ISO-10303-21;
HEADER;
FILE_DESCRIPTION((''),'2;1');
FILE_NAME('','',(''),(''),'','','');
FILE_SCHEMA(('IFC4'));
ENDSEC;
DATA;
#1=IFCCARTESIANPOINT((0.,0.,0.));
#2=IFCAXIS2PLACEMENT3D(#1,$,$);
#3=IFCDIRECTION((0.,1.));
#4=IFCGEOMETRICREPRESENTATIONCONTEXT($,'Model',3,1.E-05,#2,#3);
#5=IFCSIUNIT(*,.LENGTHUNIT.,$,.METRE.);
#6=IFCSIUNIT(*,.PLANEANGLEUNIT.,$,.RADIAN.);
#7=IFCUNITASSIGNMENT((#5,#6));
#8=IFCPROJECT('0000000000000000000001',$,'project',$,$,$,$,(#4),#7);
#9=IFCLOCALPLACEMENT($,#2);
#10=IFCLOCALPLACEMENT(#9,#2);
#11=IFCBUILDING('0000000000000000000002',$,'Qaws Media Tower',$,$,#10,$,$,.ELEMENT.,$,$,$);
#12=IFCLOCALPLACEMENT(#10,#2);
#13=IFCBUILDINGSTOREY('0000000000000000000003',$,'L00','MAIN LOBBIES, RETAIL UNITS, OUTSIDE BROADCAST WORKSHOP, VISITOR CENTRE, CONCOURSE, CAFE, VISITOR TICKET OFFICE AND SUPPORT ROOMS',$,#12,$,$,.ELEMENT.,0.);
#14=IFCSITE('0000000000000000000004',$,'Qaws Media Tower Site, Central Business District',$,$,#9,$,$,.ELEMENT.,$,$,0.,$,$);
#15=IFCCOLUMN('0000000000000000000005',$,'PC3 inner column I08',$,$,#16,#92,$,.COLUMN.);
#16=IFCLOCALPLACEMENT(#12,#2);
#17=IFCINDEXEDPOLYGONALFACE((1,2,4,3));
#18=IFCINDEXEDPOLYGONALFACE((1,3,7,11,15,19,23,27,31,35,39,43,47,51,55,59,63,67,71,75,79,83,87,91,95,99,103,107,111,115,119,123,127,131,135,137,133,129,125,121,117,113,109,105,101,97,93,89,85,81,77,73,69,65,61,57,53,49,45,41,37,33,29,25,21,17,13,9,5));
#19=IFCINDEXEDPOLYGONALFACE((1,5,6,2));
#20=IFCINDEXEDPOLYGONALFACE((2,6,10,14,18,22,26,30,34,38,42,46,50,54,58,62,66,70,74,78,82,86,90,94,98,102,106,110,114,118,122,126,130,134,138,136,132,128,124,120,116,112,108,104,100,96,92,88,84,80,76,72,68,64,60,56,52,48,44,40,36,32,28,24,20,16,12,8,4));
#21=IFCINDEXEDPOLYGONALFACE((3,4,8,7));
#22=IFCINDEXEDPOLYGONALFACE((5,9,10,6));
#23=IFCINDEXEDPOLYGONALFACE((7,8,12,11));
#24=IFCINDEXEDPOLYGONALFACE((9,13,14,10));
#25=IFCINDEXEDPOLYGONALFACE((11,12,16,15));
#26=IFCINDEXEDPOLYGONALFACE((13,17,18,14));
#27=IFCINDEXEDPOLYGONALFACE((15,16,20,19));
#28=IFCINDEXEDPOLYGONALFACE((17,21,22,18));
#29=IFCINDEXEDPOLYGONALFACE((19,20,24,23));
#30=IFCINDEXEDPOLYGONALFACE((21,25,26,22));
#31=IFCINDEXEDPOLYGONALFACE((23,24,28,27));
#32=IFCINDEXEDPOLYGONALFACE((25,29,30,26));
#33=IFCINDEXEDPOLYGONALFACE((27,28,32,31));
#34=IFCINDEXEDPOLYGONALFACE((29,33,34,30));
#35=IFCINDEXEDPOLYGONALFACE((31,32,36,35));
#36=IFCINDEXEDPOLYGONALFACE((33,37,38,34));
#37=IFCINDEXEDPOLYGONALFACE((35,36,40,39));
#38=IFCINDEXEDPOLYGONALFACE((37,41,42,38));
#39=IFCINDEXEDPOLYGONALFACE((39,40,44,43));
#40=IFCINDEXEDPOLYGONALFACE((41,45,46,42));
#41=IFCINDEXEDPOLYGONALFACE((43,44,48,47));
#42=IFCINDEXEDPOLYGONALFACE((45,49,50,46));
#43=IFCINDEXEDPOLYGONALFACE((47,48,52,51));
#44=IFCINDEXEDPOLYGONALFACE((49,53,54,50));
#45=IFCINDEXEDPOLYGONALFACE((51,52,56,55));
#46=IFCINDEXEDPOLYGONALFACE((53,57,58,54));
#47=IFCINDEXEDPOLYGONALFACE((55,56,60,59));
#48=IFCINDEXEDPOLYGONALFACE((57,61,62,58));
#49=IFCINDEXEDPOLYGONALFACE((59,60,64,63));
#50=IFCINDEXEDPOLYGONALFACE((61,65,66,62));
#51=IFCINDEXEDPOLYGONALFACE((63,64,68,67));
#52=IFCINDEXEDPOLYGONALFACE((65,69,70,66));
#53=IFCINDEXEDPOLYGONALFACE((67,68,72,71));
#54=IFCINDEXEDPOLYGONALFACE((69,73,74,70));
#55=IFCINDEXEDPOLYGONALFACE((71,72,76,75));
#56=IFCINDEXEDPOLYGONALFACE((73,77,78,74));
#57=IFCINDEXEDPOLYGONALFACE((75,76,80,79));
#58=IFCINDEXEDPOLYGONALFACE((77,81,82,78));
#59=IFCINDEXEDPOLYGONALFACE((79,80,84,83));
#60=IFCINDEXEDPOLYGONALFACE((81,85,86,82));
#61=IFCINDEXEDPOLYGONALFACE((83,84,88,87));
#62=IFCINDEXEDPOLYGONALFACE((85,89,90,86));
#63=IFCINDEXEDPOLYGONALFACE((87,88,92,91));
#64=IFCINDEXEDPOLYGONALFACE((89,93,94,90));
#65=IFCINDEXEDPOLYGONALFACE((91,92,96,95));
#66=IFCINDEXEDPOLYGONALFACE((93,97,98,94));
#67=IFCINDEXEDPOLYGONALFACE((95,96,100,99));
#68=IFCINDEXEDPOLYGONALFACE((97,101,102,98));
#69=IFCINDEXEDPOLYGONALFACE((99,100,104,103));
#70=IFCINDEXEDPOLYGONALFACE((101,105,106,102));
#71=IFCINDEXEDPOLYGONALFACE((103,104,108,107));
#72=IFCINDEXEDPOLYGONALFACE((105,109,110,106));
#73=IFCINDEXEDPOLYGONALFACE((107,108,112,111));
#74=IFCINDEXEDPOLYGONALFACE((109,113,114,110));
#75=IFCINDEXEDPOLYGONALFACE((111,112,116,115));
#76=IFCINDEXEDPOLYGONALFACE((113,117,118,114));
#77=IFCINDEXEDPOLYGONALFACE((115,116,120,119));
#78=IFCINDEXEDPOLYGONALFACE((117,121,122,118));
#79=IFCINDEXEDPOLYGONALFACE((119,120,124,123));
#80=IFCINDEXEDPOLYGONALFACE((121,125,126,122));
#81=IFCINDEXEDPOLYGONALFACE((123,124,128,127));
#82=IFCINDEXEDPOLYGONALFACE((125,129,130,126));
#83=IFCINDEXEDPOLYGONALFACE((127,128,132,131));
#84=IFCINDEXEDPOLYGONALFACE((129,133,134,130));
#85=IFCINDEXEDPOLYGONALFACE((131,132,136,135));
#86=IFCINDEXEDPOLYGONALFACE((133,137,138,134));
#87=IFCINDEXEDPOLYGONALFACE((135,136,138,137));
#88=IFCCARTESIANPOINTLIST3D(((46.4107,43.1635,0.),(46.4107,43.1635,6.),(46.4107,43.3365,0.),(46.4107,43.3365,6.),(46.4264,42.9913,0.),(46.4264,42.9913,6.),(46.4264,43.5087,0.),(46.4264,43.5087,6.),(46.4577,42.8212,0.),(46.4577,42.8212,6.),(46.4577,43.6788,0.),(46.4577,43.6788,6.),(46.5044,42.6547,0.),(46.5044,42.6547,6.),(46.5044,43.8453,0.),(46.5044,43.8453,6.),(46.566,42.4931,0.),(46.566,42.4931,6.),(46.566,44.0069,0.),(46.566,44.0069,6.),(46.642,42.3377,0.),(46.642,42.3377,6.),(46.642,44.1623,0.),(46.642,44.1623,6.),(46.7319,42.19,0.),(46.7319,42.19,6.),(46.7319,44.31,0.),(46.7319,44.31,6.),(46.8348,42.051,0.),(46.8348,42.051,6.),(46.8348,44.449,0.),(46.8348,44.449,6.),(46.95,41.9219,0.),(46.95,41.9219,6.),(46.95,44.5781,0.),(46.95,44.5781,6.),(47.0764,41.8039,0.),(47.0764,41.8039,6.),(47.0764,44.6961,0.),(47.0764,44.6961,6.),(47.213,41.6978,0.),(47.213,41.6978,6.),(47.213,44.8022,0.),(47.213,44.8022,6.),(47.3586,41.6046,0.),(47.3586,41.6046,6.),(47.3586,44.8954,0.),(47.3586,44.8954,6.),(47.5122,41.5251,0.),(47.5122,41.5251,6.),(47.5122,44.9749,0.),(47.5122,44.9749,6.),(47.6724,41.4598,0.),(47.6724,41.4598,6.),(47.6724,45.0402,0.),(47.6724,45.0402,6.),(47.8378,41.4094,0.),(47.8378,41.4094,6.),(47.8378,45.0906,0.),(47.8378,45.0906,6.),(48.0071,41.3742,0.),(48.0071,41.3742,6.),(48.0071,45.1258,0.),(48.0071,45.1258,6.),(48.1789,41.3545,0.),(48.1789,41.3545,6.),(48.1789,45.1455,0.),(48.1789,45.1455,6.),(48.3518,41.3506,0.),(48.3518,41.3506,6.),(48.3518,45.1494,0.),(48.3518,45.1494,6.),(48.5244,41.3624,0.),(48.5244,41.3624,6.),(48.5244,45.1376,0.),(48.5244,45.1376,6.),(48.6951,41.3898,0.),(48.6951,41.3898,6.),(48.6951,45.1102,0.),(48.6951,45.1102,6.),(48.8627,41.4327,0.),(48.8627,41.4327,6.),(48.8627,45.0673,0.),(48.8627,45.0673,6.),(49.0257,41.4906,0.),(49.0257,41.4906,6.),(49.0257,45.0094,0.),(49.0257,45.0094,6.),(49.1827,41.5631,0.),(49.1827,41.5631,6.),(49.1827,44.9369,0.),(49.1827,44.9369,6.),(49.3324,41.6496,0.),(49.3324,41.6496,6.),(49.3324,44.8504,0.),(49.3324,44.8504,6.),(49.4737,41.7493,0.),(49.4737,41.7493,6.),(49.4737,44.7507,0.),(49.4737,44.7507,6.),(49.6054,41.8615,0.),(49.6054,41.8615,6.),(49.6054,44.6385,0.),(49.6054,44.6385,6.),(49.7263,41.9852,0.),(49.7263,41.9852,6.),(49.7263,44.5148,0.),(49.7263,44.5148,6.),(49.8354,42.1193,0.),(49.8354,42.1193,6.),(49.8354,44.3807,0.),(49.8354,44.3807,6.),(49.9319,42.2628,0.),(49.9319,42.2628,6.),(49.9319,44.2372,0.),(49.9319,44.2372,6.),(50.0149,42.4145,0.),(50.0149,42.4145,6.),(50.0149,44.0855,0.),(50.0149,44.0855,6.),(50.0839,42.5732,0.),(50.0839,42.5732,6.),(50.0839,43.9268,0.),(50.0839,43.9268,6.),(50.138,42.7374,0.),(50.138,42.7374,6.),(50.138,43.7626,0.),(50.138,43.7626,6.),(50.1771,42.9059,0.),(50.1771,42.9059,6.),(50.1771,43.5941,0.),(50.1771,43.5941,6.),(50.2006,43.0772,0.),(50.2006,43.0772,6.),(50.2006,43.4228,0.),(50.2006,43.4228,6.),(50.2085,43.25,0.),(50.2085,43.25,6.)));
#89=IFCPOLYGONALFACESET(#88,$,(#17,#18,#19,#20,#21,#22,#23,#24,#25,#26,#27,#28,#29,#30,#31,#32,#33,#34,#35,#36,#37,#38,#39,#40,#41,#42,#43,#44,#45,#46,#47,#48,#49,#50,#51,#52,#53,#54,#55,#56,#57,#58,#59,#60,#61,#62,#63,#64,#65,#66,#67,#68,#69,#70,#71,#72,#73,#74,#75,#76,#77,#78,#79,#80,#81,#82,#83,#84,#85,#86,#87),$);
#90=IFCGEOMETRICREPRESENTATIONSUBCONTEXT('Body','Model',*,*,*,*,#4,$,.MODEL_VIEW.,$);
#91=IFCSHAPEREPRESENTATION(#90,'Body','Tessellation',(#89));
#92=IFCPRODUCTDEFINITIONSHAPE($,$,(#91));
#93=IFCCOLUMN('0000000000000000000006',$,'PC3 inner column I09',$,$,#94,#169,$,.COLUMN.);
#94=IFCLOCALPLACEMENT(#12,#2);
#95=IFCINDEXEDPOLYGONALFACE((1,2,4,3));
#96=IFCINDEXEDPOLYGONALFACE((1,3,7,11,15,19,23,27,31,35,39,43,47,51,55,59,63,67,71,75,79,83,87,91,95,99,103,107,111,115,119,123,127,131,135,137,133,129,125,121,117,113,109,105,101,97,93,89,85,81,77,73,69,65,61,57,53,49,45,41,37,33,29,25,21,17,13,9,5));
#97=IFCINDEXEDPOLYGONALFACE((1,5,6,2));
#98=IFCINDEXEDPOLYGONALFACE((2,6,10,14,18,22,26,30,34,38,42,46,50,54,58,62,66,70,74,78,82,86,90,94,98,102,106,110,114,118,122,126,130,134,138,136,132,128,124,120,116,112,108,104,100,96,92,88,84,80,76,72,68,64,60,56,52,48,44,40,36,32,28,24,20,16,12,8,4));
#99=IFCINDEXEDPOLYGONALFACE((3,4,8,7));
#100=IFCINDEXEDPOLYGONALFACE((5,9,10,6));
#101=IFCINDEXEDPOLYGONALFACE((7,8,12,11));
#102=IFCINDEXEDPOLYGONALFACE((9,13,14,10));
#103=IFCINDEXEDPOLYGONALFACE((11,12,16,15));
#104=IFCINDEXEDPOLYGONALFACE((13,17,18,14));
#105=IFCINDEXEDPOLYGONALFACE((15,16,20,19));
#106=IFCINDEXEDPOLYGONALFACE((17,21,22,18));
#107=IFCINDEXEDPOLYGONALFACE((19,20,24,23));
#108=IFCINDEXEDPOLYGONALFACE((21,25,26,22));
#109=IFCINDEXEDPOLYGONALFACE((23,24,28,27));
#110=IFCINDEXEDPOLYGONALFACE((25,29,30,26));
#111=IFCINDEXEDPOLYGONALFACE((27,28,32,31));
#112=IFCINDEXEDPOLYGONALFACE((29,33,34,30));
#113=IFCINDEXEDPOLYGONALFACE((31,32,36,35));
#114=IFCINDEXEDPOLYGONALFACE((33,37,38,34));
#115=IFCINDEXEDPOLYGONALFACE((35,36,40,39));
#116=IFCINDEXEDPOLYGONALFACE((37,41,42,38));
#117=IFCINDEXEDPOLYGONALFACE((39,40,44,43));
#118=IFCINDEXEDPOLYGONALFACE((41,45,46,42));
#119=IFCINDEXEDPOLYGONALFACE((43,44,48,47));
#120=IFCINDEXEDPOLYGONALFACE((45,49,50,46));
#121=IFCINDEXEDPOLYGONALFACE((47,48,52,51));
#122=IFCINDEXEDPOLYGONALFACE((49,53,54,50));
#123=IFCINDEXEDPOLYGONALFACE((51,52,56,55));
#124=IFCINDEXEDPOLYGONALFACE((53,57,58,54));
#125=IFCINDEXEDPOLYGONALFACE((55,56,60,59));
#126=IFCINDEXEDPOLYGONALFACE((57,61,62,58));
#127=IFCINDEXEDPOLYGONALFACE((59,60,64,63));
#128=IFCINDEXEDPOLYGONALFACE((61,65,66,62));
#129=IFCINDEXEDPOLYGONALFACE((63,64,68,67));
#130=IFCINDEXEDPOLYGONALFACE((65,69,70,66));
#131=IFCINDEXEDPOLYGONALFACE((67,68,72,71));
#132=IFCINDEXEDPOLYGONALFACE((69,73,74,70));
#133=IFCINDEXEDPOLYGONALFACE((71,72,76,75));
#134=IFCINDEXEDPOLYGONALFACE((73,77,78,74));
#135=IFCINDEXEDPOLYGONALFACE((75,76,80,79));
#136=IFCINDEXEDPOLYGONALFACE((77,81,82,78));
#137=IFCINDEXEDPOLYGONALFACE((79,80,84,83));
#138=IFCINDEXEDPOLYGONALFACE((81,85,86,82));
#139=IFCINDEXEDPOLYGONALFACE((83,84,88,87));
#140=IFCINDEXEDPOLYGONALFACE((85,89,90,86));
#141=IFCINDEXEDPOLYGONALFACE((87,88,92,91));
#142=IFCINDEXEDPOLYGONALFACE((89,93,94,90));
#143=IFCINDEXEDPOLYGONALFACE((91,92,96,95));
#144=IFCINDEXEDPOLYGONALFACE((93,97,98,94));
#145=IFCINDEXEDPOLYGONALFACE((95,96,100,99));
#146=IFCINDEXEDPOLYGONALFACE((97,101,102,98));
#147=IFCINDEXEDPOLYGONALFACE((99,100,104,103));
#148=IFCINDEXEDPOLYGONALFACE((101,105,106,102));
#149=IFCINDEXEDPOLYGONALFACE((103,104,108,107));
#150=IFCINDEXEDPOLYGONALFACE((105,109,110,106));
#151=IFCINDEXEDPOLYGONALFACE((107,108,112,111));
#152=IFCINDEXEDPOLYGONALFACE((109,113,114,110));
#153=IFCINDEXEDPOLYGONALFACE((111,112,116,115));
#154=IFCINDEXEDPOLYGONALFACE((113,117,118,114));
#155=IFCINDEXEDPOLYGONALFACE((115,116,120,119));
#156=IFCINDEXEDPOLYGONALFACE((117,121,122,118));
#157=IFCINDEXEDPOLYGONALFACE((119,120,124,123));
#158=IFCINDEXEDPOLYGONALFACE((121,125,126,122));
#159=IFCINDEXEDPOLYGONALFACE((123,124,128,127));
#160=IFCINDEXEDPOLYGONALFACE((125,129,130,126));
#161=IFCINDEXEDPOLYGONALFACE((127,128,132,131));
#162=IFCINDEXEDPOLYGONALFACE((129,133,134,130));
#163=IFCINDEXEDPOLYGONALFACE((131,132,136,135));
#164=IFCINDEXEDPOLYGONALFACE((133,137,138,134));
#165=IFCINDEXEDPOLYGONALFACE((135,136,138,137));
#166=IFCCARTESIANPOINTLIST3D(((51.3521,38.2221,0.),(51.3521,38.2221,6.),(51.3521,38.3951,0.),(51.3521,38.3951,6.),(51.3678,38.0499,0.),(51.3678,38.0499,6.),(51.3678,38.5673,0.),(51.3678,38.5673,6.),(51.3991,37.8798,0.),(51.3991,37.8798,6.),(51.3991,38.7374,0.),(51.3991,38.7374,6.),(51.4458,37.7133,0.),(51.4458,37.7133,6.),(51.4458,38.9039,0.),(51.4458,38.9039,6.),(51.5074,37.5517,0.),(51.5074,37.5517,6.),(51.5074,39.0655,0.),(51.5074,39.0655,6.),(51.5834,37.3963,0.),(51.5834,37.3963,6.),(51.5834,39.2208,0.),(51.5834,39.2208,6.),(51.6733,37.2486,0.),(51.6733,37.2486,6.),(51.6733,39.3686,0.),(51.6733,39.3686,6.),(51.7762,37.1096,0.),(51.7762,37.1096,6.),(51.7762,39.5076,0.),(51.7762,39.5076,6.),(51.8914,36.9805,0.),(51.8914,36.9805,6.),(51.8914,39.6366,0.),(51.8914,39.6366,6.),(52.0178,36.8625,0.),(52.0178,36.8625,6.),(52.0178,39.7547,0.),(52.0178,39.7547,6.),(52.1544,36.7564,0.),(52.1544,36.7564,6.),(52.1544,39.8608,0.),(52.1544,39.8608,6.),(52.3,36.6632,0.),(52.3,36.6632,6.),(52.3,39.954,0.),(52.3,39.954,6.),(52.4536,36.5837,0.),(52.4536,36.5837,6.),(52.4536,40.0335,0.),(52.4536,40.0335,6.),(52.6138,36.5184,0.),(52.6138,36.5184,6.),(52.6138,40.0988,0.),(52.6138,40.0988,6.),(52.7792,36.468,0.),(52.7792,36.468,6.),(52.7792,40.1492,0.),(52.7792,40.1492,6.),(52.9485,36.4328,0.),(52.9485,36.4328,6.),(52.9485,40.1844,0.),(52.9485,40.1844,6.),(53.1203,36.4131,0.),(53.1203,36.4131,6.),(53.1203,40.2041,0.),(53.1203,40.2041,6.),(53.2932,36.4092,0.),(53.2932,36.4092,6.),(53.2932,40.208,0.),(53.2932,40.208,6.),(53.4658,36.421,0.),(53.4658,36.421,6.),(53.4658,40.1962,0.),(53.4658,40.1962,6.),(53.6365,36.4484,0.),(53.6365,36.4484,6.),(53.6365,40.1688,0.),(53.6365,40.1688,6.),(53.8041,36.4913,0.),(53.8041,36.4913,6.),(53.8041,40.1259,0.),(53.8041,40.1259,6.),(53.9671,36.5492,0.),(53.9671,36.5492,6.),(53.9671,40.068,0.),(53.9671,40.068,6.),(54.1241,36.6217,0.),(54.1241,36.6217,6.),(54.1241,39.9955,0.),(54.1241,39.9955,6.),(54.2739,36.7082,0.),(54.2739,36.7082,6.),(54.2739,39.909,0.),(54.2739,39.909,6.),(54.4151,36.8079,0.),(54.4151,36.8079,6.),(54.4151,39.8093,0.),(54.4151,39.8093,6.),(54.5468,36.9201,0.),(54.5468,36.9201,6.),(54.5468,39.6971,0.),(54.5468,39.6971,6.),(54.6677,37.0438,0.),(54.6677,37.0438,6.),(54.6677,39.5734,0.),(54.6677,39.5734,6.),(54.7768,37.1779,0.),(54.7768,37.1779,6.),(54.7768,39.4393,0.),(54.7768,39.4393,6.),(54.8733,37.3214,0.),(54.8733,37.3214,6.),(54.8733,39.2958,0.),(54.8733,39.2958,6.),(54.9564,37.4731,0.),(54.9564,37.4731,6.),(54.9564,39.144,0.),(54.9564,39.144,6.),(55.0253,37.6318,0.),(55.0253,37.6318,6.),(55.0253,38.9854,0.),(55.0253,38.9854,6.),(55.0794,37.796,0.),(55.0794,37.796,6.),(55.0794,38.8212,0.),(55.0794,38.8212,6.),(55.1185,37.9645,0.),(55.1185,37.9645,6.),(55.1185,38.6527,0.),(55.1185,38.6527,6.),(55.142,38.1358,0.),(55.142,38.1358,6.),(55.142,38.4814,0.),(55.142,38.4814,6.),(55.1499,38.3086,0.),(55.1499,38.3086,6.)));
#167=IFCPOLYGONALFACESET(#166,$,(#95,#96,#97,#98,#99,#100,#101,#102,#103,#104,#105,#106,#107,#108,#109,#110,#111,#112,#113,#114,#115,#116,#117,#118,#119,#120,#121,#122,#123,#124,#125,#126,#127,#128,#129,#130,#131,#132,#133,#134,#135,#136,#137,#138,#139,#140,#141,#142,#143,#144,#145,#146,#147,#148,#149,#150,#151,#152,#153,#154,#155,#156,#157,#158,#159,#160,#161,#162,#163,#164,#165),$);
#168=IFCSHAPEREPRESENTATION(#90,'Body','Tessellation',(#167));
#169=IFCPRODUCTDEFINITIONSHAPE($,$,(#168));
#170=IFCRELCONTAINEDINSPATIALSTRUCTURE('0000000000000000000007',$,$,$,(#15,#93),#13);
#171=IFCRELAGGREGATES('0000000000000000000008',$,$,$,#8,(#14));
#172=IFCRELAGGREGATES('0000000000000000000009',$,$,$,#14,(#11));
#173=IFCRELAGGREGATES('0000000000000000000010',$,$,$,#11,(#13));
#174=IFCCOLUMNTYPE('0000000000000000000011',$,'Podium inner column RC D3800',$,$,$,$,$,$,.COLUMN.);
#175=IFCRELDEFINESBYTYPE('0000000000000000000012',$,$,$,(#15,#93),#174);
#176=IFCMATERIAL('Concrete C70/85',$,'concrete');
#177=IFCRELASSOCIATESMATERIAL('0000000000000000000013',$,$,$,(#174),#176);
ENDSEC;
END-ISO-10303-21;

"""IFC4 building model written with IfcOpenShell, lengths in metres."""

from ifc_helpers import new_model, si_unit, direction, frame, origin, origin_2d, place, context, subcontext, project, spatial, circle, extrude, material, material_profile, profile_set, type_object, element, save


model = new_model("IFC4")

# Units and contexts
model_context = context("Model", 3, precision=1e-05, world=origin(), true_north=direction((0.0, 1.0)))
body_context = subcontext(model_context, "Body", "Model", "MODEL_VIEW")
ifc_project = project(units=[si_unit("LENGTHUNIT", "METRE"), si_unit("PLANEANGLEUNIT", "RADIAN")], contexts=[model_context])

# Site, building, storey
site_placement = place(None, origin())
site = spatial("IfcSite", under=ifc_project, at=site_placement, Name="Qaws Media Tower Site, Central Business District", CompositionType="ELEMENT", RefElevation=0.0)
building_placement = place(site_placement, origin())
building = spatial("IfcBuilding", under=site, at=building_placement, Name="Qaws Media Tower", CompositionType="ELEMENT")
storey_placement = place(building_placement, origin())
storey = spatial("IfcBuildingStorey", under=building, at=storey_placement, Name="L00", Description="MAIN LOBBIES, RETAIL UNITS, OUTSIDE BROADCAST WORKSHOP, VISITOR CENTRE, CONCOURSE, CAFE, VISITOR TICKET OFFICE AND SUPPORT ROOMS", CompositionType="ELEMENT", Elevation=0.0)

# Columns
ifc_material_1 = material(Name="Concrete C70/85", Category="concrete")
ifc_material_profile_1 = material_profile(ifc_material_1, circle(Radius=1.8999, at=origin_2d()), Name="RC D3800")
ifc_profile_set_1 = profile_set([ifc_material_profile_1], Name="Concrete C70/85")
column_type = type_object("IfcColumnType", Name="Podium inner column RC D3800", PredefinedType="COLUMN", material=ifc_profile_set_1)
for number, where, z_axis, x_axis, name in (
    (1, (48.3086, 43.25, 0.0), (0.0, 0.0, 1.0), (1.0, 0.0, 0.0), "PC3 inner column I08"),
    (2, (53.25, 38.3086, 0.0), (0.0, 0.0, 1.0), (1.0, 0.0, 0.0), "PC3 inner column I09"),
):
    element("IfcColumn", number, at=place(storey_placement, frame(where, z_axis=z_axis, x_axis=x_axis)), inside=storey, type_object=column_type, Name=name, PredefinedType="COLUMN", context=body_context, shape_type="SweptSolid", body=[
        extrude(circle(Radius=1.8999, at=origin_2d()), origin(), (0.0, 0.0, 1.0), 6.0),
    ])

save(model, "model.ifc")
